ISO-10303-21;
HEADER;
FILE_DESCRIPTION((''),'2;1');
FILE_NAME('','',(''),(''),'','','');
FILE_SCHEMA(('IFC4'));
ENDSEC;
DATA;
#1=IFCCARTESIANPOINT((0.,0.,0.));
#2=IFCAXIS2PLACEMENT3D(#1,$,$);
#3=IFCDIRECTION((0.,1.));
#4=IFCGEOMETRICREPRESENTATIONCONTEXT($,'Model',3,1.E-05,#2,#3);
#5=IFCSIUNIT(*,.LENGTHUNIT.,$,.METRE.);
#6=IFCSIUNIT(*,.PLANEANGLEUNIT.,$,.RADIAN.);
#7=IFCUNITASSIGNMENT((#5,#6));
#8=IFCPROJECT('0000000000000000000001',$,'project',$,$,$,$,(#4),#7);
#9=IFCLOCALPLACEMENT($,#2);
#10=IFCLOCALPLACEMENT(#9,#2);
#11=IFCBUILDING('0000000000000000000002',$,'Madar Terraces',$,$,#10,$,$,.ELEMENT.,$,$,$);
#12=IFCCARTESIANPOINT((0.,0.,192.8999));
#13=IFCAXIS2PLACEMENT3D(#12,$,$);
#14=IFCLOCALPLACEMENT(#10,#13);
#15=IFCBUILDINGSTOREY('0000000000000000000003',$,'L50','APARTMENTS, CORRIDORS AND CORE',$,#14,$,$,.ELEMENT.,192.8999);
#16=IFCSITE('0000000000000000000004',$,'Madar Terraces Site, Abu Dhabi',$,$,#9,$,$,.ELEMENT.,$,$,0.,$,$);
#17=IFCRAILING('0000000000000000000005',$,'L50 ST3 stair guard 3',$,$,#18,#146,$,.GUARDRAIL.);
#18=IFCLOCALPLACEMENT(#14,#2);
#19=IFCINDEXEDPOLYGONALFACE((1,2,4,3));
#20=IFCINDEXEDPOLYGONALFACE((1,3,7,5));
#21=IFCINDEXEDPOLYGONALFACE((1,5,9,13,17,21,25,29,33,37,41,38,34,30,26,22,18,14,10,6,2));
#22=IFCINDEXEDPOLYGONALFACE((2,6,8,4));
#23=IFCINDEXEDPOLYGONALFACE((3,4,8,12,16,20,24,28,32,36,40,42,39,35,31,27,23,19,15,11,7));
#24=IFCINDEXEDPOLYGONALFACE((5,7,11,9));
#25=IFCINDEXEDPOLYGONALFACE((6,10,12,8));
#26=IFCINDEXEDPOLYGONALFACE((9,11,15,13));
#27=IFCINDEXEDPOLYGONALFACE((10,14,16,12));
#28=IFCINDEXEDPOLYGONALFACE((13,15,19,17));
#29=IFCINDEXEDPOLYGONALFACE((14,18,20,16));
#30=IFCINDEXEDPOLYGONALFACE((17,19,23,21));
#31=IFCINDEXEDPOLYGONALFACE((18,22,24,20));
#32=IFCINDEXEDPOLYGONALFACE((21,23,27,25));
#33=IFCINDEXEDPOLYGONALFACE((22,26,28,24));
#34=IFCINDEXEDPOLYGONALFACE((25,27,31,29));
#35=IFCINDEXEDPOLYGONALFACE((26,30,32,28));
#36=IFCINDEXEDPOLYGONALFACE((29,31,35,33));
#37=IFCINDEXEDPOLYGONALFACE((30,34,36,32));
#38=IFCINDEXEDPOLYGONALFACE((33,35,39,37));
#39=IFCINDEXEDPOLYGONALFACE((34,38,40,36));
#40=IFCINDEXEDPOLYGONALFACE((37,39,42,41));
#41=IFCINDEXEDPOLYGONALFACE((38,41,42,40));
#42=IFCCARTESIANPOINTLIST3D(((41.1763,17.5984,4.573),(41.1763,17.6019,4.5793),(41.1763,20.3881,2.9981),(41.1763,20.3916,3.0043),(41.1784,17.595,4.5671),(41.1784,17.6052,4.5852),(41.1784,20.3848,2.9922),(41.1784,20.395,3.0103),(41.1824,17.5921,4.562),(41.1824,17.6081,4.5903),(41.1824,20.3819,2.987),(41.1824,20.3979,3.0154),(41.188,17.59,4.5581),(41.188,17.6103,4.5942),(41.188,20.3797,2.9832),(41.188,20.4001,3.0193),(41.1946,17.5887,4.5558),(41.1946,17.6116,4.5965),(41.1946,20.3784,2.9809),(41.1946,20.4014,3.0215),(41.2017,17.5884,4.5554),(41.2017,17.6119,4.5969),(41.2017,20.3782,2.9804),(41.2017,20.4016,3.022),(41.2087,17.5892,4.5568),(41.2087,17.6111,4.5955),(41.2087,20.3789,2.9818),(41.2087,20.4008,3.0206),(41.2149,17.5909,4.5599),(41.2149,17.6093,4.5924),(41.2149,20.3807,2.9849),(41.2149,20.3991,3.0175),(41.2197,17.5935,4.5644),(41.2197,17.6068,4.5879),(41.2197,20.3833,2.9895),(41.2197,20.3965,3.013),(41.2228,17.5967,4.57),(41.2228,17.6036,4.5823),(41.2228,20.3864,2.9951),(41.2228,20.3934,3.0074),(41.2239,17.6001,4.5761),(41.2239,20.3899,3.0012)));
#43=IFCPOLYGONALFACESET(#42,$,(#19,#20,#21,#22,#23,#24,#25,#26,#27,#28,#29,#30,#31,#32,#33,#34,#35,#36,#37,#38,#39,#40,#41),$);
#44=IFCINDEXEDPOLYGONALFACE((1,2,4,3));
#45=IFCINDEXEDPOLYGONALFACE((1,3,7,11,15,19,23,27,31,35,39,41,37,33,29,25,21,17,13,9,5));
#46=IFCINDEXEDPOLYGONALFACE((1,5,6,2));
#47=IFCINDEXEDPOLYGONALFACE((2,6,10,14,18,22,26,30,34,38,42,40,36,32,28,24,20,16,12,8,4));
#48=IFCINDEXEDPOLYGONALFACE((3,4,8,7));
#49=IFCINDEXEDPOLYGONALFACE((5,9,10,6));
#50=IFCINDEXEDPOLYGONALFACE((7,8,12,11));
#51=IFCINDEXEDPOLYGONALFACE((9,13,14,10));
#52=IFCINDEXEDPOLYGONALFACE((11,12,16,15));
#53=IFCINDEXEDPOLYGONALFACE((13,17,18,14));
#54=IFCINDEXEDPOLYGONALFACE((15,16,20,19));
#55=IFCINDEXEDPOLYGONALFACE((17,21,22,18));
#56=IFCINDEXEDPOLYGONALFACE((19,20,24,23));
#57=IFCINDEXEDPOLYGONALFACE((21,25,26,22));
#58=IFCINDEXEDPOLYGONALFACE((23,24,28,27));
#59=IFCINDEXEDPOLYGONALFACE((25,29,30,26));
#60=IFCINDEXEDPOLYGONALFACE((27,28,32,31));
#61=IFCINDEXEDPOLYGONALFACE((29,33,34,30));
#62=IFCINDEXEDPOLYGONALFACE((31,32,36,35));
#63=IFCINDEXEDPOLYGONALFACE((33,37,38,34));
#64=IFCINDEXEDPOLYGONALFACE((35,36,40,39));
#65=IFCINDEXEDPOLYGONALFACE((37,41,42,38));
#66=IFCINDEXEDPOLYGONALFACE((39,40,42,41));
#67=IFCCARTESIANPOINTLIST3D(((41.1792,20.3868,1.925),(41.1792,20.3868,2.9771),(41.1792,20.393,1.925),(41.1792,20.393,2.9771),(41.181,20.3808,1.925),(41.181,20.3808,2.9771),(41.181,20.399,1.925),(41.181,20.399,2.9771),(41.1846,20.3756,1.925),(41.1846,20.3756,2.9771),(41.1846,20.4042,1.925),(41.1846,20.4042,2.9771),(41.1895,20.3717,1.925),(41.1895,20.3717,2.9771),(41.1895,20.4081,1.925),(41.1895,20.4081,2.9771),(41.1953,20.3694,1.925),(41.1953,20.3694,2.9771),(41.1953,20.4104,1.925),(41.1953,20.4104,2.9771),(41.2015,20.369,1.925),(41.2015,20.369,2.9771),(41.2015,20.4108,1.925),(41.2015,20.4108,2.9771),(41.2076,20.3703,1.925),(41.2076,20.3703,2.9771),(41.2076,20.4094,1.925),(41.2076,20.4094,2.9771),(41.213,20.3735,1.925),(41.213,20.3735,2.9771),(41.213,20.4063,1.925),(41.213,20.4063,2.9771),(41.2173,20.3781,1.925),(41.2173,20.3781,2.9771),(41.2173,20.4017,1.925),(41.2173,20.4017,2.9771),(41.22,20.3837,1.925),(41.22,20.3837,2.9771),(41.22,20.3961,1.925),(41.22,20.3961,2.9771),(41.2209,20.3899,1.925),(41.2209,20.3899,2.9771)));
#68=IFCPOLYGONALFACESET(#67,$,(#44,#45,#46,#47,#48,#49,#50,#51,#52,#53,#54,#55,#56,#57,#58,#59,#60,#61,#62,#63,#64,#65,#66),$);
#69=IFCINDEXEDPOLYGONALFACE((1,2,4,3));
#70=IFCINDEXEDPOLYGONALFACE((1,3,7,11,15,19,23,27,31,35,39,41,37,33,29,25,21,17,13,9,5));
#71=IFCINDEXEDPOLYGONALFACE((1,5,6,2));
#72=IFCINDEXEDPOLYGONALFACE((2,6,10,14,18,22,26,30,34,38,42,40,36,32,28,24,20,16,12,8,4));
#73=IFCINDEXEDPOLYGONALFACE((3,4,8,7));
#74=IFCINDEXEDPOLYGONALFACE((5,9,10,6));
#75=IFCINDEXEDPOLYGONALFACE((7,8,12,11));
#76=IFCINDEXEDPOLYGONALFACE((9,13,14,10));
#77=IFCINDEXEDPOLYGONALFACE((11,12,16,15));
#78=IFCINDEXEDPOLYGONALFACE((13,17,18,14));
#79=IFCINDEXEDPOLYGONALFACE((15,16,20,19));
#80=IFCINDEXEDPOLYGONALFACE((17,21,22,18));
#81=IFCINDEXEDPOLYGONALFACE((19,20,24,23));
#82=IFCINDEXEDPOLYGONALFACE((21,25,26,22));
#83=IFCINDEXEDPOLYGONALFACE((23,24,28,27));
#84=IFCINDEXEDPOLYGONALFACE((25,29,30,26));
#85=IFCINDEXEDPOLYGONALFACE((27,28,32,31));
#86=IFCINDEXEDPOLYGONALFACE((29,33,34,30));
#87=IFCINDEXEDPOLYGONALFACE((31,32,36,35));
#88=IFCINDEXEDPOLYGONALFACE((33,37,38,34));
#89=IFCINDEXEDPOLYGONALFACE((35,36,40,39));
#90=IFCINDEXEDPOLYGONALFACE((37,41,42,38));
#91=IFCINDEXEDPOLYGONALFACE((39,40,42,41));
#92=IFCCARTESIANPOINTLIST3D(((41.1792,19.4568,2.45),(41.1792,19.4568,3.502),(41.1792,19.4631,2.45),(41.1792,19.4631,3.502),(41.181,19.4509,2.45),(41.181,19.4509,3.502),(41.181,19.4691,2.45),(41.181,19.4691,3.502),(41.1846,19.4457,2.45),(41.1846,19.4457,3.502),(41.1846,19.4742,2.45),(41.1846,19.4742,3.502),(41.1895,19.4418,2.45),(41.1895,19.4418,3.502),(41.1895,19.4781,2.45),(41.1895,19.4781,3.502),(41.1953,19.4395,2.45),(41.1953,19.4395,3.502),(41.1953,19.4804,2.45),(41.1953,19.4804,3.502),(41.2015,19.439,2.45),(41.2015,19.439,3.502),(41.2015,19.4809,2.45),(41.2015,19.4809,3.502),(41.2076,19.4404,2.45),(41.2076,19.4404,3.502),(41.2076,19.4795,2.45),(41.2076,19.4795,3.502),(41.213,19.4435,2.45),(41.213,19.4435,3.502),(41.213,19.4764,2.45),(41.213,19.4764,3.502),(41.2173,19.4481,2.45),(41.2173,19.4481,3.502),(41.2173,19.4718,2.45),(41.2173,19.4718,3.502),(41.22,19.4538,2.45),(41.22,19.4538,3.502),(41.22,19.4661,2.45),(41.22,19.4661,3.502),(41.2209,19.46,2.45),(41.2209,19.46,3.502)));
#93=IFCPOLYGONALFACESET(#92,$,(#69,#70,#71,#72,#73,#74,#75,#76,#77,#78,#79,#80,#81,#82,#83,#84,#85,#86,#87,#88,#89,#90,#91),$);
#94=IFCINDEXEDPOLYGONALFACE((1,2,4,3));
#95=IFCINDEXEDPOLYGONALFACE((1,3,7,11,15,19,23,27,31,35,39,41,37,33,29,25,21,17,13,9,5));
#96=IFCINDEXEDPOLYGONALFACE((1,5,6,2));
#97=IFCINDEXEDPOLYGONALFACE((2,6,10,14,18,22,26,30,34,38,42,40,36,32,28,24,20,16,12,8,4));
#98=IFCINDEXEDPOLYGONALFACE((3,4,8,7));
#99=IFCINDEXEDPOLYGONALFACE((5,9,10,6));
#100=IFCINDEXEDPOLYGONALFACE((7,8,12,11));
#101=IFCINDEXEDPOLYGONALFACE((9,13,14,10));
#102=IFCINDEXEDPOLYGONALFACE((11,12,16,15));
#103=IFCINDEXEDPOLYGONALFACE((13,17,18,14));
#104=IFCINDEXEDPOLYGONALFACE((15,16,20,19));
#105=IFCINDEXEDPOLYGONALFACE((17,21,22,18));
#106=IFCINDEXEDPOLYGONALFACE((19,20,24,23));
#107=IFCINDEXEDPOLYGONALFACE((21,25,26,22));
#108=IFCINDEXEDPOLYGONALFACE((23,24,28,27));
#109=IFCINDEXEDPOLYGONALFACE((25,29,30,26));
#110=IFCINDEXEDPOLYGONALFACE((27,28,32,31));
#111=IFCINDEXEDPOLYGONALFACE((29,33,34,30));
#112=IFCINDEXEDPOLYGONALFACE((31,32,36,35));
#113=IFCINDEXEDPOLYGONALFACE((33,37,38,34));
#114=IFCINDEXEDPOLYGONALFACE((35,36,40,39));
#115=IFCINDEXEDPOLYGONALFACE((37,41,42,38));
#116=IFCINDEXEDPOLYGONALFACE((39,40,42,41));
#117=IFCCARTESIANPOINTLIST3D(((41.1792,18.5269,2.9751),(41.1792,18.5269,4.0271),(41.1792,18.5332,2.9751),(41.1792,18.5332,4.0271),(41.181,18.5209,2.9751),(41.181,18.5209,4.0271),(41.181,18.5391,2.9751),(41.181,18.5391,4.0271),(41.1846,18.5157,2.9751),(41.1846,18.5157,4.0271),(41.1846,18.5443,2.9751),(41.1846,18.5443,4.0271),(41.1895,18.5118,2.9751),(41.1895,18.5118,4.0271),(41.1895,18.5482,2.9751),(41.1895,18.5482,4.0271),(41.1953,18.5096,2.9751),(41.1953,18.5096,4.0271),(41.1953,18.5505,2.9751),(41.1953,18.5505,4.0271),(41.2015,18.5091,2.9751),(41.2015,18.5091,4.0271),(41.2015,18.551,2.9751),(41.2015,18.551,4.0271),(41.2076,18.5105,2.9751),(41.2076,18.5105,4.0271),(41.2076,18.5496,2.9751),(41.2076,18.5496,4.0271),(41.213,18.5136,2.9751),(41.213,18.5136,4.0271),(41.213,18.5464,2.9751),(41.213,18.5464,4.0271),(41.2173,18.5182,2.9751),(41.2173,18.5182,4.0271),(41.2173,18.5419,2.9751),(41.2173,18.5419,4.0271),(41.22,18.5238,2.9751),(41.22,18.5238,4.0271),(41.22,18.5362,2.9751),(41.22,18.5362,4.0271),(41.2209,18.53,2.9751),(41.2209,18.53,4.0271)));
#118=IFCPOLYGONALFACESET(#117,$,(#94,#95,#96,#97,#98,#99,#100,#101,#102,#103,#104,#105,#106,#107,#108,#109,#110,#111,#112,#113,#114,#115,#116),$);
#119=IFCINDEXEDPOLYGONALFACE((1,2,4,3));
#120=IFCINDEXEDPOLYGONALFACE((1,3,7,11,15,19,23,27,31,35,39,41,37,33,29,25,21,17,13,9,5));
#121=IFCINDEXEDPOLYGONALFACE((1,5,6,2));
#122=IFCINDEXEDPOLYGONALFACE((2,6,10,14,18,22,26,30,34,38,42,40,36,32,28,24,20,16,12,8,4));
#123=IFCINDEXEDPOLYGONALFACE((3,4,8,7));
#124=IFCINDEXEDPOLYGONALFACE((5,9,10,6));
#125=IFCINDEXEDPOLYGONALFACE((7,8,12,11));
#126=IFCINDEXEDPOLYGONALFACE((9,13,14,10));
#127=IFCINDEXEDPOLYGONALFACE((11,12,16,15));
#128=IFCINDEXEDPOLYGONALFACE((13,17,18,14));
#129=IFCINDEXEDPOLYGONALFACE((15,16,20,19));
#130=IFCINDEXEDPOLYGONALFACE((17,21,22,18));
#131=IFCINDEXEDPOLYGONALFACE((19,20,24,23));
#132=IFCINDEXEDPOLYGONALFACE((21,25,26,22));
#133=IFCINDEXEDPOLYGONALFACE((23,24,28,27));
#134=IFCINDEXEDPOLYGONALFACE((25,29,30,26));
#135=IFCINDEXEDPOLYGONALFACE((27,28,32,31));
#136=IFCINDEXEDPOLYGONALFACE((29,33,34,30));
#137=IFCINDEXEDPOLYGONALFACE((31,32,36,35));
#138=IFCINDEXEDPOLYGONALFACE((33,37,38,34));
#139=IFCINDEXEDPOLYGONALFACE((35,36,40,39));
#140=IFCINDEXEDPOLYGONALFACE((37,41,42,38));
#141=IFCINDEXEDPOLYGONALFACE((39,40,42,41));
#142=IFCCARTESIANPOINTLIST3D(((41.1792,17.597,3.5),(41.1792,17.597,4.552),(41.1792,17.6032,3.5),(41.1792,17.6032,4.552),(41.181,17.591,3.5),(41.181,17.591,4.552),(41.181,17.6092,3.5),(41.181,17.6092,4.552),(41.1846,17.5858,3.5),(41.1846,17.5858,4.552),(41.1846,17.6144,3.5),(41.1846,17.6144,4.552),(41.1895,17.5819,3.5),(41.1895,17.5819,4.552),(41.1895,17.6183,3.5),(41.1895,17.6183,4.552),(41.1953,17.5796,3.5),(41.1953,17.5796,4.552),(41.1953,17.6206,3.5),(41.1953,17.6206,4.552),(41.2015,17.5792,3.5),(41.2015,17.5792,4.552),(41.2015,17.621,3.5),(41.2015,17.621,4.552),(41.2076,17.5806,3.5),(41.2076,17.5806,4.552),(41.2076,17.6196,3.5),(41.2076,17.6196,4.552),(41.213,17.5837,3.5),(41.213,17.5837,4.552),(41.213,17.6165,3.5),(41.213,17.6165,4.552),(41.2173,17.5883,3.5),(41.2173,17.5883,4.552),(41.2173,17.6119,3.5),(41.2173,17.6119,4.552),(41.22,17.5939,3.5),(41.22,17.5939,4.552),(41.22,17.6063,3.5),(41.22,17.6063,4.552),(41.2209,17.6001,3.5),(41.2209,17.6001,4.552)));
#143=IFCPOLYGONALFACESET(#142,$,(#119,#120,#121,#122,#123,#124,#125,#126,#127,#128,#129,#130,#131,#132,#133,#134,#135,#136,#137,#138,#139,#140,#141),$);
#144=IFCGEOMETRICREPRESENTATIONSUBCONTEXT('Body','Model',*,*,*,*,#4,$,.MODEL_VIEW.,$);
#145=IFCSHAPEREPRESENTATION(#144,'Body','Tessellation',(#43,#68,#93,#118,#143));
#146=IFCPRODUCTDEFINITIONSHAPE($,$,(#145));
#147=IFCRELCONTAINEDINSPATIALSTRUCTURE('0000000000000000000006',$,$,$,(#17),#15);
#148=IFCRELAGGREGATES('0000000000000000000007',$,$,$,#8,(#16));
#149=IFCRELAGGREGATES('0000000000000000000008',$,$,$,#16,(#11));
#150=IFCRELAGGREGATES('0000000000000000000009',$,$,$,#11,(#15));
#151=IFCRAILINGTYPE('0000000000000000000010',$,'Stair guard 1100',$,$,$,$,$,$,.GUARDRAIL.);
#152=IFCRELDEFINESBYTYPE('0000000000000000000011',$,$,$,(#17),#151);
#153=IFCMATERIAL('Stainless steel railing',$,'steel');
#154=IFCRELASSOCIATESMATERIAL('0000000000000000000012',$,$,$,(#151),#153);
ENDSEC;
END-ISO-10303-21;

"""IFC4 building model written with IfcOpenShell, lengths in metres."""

from ifc_helpers import new_model, si_unit, direction, frame, origin, origin_2d, place, context, subcontext, project, spatial, circle, extrude, material, type_object, element, save


model = new_model("IFC4")

# Units and contexts
model_context = context("Model", 3, precision=1e-05, world=origin(), true_north=direction((0.0, 1.0)))
body_context = subcontext(model_context, "Body", "Model", "MODEL_VIEW")
ifc_project = project(units=[si_unit("LENGTHUNIT", "METRE"), si_unit("PLANEANGLEUNIT", "RADIAN")], contexts=[model_context])

# Site, building, storey
site_placement = place(None, origin())
site = spatial("IfcSite", under=ifc_project, at=site_placement, Name="Madar Terraces Site, Abu Dhabi", CompositionType="ELEMENT", RefElevation=0.0)
building_placement = place(site_placement, origin())
building = spatial("IfcBuilding", under=site, at=building_placement, Name="Madar Terraces", CompositionType="ELEMENT")
storey_placement = place(building_placement, frame((0.0, 0.0, 192.8999)))
storey = spatial("IfcBuildingStorey", under=building, at=storey_placement, Name="L50", Description="APARTMENTS, CORRIDORS AND CORE", CompositionType="ELEMENT", Elevation=192.8999)

# Railing
ifc_material_1 = material(Name="Stainless steel railing", Category="steel")
railing_type_1 = type_object("IfcRailingType", Name="Stair guard 1100", PredefinedType="GUARDRAIL", material=ifc_material_1)
railing_1_placement = place(storey_placement, frame((41.2, 20.3899, 1.925)))
element("IfcRailing", 1, at=railing_1_placement, inside=storey, type_object=railing_type_1, Name="L50 ST3 stair guard 3", PredefinedType="GUARDRAIL", context=body_context, shape_type="SweptSolid", body=[
    extrude(circle(Radius=0.0239, at=origin_2d()), frame((0.0, 0.0, 1.0762), z_axis=(0.0, -0.870815, 0.49161), x_axis=(1.0, 0.0, 0.0)), (0.0, 0.0, 1.0), 3.2036),
    extrude(circle(Radius=0.021, at=origin_2d()), origin(), (0.0, 0.0, 1.0), 1.052),
    extrude(circle(Radius=0.021, at=origin_2d()), frame((0.0, -0.9299, 0.5249)), (0.0, 0.0, 1.0), 1.052),
    extrude(circle(Radius=0.021, at=origin_2d()), frame((0.0, -1.8599, 1.05)), (0.0, 0.0, 1.0), 1.052),
    extrude(circle(Radius=0.021, at=origin_2d()), frame((0.0, -2.7898, 1.575)), (0.0, 0.0, 1.0), 1.052),
])

save(model, "model.ifc")
